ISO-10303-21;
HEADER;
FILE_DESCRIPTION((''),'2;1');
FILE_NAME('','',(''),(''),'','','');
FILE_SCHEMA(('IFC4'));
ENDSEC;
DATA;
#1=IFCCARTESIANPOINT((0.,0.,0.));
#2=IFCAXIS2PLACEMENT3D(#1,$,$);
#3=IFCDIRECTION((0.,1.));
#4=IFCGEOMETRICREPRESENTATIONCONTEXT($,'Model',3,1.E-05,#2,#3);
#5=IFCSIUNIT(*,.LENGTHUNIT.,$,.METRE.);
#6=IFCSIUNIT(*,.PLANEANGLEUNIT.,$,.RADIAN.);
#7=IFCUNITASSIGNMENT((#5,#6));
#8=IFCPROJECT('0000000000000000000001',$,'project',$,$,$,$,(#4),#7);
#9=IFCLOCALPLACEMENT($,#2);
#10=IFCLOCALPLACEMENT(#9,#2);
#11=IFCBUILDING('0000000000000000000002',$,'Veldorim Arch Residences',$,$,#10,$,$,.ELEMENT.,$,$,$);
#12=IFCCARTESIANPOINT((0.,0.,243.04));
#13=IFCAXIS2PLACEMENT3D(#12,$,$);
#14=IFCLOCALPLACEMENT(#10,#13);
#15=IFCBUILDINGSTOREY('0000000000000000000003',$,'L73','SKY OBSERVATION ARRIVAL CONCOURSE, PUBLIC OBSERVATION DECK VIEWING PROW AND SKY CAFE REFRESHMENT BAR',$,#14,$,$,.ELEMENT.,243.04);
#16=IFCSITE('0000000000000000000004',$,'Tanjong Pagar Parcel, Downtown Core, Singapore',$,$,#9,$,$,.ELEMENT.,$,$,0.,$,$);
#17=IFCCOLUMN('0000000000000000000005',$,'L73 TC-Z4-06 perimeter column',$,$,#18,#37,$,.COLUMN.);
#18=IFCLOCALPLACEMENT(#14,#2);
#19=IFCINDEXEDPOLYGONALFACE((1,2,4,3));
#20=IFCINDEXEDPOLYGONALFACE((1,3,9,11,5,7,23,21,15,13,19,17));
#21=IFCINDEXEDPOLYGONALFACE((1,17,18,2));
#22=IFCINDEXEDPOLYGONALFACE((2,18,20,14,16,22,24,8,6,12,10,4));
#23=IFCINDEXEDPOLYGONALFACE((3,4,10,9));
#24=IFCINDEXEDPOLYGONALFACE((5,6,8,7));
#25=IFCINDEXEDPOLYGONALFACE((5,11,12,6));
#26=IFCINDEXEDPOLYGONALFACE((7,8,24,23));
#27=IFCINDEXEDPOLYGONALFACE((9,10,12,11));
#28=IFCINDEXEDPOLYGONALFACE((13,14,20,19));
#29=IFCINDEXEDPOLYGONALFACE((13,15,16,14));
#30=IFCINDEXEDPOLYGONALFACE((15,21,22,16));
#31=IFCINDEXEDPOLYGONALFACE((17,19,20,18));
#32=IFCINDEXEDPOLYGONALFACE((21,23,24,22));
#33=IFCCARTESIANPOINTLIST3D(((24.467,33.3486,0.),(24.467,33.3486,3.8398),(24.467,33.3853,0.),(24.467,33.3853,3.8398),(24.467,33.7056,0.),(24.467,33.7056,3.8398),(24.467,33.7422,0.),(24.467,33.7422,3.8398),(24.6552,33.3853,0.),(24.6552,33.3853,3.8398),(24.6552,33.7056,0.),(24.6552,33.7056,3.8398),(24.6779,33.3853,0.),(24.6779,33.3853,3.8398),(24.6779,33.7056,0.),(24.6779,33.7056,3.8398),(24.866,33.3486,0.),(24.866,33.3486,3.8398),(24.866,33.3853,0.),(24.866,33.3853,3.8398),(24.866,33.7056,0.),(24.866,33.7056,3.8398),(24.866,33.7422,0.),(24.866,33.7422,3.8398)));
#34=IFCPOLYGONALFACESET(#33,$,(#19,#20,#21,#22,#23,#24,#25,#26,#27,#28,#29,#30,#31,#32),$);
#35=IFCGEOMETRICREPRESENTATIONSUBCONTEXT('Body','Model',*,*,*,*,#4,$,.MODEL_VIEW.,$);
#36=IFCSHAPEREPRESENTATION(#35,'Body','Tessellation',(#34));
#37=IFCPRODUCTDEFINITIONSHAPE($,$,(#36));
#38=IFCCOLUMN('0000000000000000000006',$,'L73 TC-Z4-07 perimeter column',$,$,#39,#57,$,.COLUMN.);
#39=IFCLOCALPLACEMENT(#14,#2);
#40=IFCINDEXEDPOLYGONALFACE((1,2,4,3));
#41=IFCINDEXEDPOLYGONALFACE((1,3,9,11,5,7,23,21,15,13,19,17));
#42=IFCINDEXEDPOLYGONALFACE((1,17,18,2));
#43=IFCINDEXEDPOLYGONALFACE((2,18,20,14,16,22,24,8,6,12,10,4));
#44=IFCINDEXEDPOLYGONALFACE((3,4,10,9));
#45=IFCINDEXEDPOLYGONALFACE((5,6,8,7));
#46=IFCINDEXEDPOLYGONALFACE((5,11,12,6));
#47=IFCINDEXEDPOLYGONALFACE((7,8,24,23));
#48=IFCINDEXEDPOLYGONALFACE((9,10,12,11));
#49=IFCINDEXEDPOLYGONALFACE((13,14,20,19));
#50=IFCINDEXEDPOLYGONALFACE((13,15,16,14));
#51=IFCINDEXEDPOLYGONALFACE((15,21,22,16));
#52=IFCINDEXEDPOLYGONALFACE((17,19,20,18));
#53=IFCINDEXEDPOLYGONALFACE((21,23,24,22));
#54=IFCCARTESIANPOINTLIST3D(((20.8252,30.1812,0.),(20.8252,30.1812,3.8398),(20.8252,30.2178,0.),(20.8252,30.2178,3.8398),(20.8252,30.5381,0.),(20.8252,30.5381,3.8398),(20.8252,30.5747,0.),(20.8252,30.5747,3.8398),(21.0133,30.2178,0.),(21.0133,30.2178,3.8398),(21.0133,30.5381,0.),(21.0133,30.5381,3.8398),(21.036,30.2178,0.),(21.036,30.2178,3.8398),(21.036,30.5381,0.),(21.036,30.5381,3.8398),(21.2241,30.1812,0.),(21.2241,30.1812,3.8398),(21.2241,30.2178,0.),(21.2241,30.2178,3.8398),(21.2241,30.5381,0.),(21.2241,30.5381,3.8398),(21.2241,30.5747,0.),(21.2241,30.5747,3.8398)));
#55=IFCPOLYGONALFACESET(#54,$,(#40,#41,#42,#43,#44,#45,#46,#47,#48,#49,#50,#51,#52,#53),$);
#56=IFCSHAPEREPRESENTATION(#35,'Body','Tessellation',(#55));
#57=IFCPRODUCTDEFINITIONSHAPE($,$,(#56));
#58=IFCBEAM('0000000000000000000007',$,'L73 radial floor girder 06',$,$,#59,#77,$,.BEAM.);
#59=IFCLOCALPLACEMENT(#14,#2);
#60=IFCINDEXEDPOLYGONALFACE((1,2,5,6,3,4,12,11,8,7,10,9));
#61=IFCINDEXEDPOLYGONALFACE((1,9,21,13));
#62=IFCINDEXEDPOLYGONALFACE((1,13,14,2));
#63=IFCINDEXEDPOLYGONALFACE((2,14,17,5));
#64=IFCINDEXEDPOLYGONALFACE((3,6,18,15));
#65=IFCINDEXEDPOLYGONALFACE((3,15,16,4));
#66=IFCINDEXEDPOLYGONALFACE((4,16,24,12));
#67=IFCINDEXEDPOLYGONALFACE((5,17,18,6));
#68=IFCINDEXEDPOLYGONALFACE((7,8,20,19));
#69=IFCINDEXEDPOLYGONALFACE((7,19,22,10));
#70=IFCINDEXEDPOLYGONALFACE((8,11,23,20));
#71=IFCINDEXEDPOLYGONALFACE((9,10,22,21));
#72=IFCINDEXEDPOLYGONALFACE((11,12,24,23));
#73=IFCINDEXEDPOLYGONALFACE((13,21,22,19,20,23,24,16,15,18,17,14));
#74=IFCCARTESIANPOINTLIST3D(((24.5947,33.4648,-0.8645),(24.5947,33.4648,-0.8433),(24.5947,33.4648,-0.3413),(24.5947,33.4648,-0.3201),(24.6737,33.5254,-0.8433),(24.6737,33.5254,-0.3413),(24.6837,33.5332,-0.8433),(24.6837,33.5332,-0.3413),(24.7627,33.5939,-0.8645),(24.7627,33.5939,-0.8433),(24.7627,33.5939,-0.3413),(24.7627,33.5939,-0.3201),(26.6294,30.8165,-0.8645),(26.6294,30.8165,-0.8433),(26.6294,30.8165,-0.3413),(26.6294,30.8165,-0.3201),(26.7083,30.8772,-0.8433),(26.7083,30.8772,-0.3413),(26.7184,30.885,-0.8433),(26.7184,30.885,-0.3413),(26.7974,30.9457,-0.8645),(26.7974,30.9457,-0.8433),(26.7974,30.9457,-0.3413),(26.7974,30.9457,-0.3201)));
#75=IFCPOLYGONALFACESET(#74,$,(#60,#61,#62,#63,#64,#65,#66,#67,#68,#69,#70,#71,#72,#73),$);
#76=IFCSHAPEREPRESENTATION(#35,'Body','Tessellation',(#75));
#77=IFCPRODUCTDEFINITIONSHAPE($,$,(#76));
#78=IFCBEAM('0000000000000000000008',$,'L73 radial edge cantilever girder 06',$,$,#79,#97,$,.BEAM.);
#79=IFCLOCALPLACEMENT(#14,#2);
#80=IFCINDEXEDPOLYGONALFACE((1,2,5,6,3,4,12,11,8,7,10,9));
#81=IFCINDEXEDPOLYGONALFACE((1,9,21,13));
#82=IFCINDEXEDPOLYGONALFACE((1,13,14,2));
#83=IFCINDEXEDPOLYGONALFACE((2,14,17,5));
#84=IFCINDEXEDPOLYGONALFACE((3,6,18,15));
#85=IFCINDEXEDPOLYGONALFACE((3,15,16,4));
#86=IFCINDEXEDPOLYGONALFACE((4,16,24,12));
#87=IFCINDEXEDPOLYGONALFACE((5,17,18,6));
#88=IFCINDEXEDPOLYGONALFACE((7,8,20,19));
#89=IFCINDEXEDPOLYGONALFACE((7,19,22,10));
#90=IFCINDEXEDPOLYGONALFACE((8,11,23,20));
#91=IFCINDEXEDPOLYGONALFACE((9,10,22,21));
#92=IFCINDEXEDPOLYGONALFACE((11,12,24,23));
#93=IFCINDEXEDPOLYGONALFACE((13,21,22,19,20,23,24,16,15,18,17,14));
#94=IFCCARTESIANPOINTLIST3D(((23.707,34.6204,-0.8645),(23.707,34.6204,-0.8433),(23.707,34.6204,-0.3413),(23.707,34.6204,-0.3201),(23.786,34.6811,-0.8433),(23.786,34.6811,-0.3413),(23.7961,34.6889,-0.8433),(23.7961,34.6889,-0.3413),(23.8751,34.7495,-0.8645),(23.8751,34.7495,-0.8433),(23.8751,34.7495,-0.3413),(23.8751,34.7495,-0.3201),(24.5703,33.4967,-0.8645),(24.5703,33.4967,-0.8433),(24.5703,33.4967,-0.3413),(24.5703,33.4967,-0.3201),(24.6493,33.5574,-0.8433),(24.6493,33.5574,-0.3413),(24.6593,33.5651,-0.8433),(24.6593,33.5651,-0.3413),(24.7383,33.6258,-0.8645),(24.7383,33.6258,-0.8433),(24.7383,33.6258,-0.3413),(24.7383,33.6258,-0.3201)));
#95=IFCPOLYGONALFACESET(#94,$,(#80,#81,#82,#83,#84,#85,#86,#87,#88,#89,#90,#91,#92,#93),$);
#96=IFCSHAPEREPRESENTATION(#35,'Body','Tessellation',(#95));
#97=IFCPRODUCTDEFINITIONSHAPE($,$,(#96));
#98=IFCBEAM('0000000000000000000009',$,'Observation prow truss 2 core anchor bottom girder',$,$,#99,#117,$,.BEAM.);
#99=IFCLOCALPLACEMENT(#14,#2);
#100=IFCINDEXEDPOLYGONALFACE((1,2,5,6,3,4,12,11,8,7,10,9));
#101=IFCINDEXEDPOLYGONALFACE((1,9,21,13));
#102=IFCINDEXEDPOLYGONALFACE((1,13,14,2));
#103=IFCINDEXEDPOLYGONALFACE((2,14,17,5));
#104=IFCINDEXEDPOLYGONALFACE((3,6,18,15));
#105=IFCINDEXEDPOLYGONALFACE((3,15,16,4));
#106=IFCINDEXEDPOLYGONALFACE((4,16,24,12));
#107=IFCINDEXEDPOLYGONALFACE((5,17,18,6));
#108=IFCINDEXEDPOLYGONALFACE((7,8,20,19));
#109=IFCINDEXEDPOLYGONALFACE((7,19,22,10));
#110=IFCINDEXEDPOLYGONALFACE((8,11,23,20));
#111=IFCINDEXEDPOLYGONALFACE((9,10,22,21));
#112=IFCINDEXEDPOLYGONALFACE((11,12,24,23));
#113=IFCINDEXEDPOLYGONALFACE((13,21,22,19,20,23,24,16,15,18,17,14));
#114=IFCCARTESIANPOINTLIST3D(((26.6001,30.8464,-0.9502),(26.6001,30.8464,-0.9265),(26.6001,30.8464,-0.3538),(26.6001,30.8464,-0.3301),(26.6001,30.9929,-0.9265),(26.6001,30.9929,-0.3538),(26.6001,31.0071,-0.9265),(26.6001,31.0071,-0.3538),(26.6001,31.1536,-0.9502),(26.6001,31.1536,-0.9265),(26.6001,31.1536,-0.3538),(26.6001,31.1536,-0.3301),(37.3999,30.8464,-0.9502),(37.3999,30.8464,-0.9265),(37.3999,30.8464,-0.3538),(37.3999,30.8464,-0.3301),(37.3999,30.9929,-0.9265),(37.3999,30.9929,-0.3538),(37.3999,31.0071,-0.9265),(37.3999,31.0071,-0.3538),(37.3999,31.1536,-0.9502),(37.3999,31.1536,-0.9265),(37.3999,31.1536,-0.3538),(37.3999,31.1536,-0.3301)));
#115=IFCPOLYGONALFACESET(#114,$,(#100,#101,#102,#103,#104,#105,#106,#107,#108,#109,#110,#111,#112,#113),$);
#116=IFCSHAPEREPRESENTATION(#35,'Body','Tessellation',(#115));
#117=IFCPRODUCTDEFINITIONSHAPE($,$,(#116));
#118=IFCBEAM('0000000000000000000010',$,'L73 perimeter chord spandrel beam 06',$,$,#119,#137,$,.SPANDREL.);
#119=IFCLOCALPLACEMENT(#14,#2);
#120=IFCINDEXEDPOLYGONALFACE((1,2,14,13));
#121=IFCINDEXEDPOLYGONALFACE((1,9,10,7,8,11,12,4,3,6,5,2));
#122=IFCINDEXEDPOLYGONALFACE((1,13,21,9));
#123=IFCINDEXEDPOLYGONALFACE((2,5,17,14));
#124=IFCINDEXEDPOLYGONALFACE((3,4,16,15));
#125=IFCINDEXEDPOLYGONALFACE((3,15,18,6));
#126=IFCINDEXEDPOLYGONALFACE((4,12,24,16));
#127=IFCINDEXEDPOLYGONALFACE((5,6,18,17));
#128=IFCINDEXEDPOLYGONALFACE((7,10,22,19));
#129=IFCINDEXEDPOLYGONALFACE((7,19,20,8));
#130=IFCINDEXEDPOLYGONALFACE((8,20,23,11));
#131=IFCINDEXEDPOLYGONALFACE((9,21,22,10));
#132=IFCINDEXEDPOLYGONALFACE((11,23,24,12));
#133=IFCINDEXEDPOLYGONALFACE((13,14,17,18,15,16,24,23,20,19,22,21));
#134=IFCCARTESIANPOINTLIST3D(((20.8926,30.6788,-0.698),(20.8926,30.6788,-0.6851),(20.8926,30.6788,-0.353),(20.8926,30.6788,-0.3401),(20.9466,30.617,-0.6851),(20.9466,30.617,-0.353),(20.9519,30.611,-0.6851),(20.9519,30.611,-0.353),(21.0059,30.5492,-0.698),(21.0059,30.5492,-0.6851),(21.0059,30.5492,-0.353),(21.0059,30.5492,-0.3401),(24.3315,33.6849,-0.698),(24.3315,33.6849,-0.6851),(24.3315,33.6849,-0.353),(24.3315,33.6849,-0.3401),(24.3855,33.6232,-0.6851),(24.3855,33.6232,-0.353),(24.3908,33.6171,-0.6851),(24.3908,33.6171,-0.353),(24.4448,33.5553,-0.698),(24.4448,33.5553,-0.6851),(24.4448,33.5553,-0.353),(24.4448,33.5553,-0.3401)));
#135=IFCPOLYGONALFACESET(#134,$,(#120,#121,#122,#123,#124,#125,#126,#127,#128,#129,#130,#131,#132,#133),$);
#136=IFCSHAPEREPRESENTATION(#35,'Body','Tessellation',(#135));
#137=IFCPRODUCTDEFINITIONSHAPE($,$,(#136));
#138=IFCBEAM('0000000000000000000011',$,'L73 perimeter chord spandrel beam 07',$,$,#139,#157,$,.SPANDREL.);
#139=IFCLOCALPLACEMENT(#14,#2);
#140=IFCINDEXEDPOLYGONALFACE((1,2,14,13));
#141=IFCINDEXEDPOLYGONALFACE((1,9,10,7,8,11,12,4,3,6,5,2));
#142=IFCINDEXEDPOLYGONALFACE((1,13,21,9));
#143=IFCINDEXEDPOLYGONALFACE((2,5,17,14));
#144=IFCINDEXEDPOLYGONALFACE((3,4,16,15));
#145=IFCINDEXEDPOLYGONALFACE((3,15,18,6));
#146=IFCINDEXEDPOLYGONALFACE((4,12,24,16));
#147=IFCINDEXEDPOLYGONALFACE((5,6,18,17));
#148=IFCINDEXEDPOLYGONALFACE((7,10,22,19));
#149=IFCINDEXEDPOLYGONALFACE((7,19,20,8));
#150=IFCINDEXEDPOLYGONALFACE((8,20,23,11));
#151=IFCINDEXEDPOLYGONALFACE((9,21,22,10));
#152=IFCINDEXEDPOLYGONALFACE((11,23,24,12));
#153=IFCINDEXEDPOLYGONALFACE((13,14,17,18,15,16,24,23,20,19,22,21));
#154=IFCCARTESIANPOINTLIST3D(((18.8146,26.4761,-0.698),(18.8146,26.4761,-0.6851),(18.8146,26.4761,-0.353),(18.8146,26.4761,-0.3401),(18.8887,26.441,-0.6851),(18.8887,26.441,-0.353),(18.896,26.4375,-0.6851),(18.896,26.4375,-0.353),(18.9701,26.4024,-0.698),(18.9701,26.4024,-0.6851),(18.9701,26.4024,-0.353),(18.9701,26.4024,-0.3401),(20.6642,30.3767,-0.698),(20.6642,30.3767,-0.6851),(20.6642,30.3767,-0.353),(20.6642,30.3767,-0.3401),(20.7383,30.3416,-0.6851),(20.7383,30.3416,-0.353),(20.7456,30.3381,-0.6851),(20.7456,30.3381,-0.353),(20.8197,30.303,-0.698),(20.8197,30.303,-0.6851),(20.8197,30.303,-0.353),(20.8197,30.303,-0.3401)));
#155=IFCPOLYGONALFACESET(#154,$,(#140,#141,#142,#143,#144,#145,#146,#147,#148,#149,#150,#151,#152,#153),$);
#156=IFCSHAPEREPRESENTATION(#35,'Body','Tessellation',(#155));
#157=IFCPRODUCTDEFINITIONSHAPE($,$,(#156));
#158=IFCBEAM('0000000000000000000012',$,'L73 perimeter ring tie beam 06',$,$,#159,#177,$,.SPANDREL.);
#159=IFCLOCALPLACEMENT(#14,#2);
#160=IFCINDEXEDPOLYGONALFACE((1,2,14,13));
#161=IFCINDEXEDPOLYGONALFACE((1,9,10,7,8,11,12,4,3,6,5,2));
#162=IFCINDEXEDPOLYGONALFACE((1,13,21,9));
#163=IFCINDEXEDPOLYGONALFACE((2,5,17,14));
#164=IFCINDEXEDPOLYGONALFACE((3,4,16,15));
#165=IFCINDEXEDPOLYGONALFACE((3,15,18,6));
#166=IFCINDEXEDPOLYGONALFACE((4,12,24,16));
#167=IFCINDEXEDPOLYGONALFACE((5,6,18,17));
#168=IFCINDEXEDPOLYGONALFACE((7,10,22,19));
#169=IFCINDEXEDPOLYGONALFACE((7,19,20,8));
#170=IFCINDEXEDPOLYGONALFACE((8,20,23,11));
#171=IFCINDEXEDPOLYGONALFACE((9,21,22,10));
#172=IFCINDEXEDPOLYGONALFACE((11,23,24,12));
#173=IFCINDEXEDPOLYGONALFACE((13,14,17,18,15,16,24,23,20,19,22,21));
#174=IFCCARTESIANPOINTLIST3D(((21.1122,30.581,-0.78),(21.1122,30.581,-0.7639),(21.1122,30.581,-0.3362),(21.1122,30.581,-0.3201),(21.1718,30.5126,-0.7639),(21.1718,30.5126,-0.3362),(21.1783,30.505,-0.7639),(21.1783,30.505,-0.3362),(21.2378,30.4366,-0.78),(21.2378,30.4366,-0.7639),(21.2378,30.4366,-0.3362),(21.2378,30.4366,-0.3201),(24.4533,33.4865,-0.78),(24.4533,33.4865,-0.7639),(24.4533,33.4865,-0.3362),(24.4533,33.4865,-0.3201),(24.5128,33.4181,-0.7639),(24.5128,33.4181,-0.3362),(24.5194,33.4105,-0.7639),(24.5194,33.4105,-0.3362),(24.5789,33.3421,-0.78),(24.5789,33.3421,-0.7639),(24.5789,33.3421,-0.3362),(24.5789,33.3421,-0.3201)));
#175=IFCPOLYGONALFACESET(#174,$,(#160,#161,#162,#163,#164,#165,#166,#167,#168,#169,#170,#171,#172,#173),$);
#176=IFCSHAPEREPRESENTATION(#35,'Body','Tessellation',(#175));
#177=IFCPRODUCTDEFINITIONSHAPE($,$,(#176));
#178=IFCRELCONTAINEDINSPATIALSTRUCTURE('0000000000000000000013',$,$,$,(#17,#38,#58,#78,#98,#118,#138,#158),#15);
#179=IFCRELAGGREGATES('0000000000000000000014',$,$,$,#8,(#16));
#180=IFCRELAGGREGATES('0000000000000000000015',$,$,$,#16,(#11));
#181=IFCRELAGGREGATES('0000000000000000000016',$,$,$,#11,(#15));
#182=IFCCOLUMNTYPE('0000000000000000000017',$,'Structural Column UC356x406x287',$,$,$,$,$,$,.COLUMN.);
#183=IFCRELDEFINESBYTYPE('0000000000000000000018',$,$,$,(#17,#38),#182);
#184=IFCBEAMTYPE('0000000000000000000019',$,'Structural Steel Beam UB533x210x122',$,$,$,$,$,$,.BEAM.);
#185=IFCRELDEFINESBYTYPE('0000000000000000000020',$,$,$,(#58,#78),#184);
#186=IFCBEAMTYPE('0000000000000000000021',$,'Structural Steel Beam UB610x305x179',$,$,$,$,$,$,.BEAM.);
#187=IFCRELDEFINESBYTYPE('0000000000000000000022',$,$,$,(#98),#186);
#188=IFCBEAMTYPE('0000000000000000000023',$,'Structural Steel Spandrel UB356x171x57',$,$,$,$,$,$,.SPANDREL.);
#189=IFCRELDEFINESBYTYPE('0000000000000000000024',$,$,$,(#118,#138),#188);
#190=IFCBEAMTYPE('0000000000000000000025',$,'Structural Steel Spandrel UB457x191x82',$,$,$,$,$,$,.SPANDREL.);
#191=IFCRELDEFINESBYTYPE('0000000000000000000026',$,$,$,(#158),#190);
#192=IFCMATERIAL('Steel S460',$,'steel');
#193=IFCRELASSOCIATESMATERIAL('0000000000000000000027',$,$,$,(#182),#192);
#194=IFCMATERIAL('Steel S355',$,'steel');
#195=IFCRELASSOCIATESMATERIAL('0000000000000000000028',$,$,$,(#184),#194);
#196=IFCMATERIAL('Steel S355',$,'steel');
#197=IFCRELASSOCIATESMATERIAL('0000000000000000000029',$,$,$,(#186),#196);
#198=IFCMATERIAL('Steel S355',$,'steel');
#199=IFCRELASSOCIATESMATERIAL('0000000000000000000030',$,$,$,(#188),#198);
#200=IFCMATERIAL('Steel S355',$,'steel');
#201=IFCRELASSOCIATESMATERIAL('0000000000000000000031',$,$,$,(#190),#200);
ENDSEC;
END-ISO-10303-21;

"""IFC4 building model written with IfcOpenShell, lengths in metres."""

from ifc_helpers import new_model, si_unit, direction, frame, origin, origin_2d, place, context, subcontext, project, spatial, i_section, extrude, material, material_profile, profile_set, type_object, element, save


model = new_model("IFC4")

# Units and contexts
model_context = context("Model", 3, precision=1e-05, world=origin(), true_north=direction((0.0, 1.0)))
body_context = subcontext(model_context, "Body", "Model", "MODEL_VIEW")
ifc_project = project(units=[si_unit("LENGTHUNIT", "METRE"), si_unit("PLANEANGLEUNIT", "RADIAN")], contexts=[model_context])

# Site, building, storey
site_placement = place(None, origin())
site = spatial("IfcSite", under=ifc_project, at=site_placement, Name="Tanjong Pagar Parcel, Downtown Core, Singapore", CompositionType="ELEMENT", RefElevation=0.0)
building_placement = place(site_placement, origin())
building = spatial("IfcBuilding", under=site, at=building_placement, Name="Veldorim Arch Residences", CompositionType="ELEMENT")
storey_placement = place(building_placement, frame((0.0, 0.0, 243.04)))
storey = spatial("IfcBuildingStorey", under=building, at=storey_placement, Name="L73", Description="SKY OBSERVATION ARRIVAL CONCOURSE, PUBLIC OBSERVATION DECK VIEWING PROW AND SKY CAFE REFRESHMENT BAR", CompositionType="ELEMENT", Elevation=243.04)

# Columns
ifc_material_1 = material(Name="Steel S460", Category="steel")
ifc_material_profile_1 = material_profile(ifc_material_1, i_section(OverallWidth=0.3989, OverallDepth=0.3936, WebThickness=0.0227, FlangeThickness=0.0366, at=origin_2d()), Name="UC356x406x287")
ifc_profile_set_1 = profile_set([ifc_material_profile_1], Name="Steel S460")
column_type = type_object("IfcColumnType", Name="Structural Column UC356x406x287", PredefinedType="COLUMN", material=ifc_profile_set_1)
for number, where, z_axis, x_axis, name in (
    (1, (24.6665, 33.5454, 0.0), (0.0, 0.0, 1.0), (1.0, 0.0, 0.0), "L73 TC-Z4-06 perimeter column"),
    (2, (21.0247, 30.3779, 0.0), (0.0, 0.0, 1.0), (1.0, 0.0, 0.0), "L73 TC-Z4-07 perimeter column"),
):
    element("IfcColumn", number, at=place(storey_placement, frame(where, z_axis=z_axis, x_axis=x_axis)), inside=storey, type_object=column_type, Name=name, PredefinedType="COLUMN", context=body_context, shape_type="SweptSolid", body=[
        extrude(i_section(OverallWidth=0.3989, OverallDepth=0.3936, WebThickness=0.0227, FlangeThickness=0.0366, at=origin_2d()), origin(), (0.0, 0.0, 1.0), 3.8398),
    ])

# Beams
ifc_material_2 = material(Name="Steel S355", Category="steel")
ifc_material_profile_2 = material_profile(ifc_material_2, i_section(OverallWidth=0.2119, OverallDepth=0.5444, WebThickness=0.0127, FlangeThickness=0.0212, at=origin_2d()), Name="UB533x210x122")
ifc_profile_set_2 = profile_set([ifc_material_profile_2], Name="Steel S355")
beam_type_1 = type_object("IfcBeamType", Name="Structural Steel Beam UB533x210x122", PredefinedType="BEAM", material=ifc_profile_set_2)
beam_1_placement = place(storey_placement, frame((26.7134, 30.8811, -0.5923), z_axis=(-0.609258, 0.792972, 0.0), x_axis=(-0.792972, -0.609258, 0.0)))
element("IfcBeam", 3, at=beam_1_placement, inside=storey, type_object=beam_type_1, Name="L73 radial floor girder 06", PredefinedType="BEAM", context=body_context, shape_type="SweptSolid", body=[
    extrude(i_section(OverallWidth=0.2119, OverallDepth=0.5444, WebThickness=0.0127, FlangeThickness=0.0212, at=origin_2d()), origin(), (0.0, 0.0, 1.0), 3.3396),
])
beam_2_placement = place(storey_placement, frame((24.6543, 33.5613, -0.5923), z_axis=(-0.609194, 0.793021, 0.0), x_axis=(-0.793021, -0.609194, 0.0)))
element("IfcBeam", 4, at=beam_2_placement, inside=storey, type_object=beam_type_1, Name="L73 radial edge cantilever girder 06", PredefinedType="BEAM", context=body_context, shape_type="SweptSolid", body=[
    extrude(i_section(OverallWidth=0.2119, OverallDepth=0.5444, WebThickness=0.0127, FlangeThickness=0.0212, at=origin_2d()), origin(), (0.0, 0.0, 1.0), 1.417),
])
ifc_material_3 = material(Name="Steel S355", Category="steel")
ifc_material_profile_3 = material_profile(ifc_material_3, i_section(OverallWidth=0.3071, OverallDepth=0.6201, WebThickness=0.0142, FlangeThickness=0.0237, at=origin_2d()), Name="UB610x305x179")
ifc_profile_set_3 = profile_set([ifc_material_profile_3], Name="Steel S355")
beam_type_2 = type_object("IfcBeamType", Name="Structural Steel Beam UB610x305x179", PredefinedType="BEAM", material=ifc_profile_set_3)
beam_3_placement = place(storey_placement, frame((26.6001, 31.0, -0.6401), z_axis=(1.0, 0.0, 0.0), x_axis=(0.0, 1.0, 0.0)))
element("IfcBeam", 5, at=beam_3_placement, inside=storey, type_object=beam_type_2, Name="Observation prow truss 2 core anchor bottom girder", PredefinedType="BEAM", context=body_context, shape_type="SweptSolid", body=[
    extrude(i_section(OverallWidth=0.3071, OverallDepth=0.6201, WebThickness=0.0142, FlangeThickness=0.0237, at=origin_2d()), origin(), (0.0, 0.0, 1.0), 10.7998),
])
ifc_material_4 = material(Name="Steel S355", Category="steel")
ifc_material_profile_4 = material_profile(ifc_material_4, i_section(OverallWidth=0.1721, OverallDepth=0.3579, WebThickness=0.0081, FlangeThickness=0.0129, at=origin_2d()), Name="UB356x171x57")
ifc_profile_set_4 = profile_set([ifc_material_profile_4], Name="Steel S355")
beam_type_3 = type_object("IfcBeamType", Name="Structural Steel Spandrel UB356x171x57", PredefinedType="SPANDREL", material=ifc_profile_set_4)
beam_4_placement = place(storey_placement, frame((24.3882, 33.6201, -0.519), z_axis=(-0.752901, -0.658134, 0.0), x_axis=(0.658134, -0.752901, 0.0)))
element("IfcBeam", 6, at=beam_4_placement, inside=storey, type_object=beam_type_3, Name="L73 perimeter chord spandrel beam 06", PredefinedType="SPANDREL", context=body_context, shape_type="SweptSolid", body=[
    extrude(i_section(OverallWidth=0.1721, OverallDepth=0.3579, WebThickness=0.0081, FlangeThickness=0.0129, at=origin_2d()), origin(), (0.0, 0.0, 1.0), 4.5676),
])
beam_5_placement = place(storey_placement, frame((20.7419, 30.3398, -0.519), z_axis=(-0.428453, -0.903564, 0.0), x_axis=(0.903564, -0.428453, 0.0)))
element("IfcBeam", 7, at=beam_5_placement, inside=storey, type_object=beam_type_3, Name="L73 perimeter chord spandrel beam 07", PredefinedType="SPANDREL", context=body_context, shape_type="SweptSolid", body=[
    extrude(i_section(OverallWidth=0.1721, OverallDepth=0.3579, WebThickness=0.0081, FlangeThickness=0.0129, at=origin_2d()), origin(), (0.0, 0.0, 1.0), 4.3169),
])
ifc_material_5 = material(Name="Steel S355", Category="steel")
ifc_material_profile_5 = material_profile(ifc_material_5, i_section(OverallWidth=0.1914, OverallDepth=0.46, WebThickness=0.01, FlangeThickness=0.0161, at=origin_2d()), Name="UB457x191x82")
ifc_profile_set_5 = profile_set([ifc_material_profile_5], Name="Steel S355")
beam_type_4 = type_object("IfcBeamType", Name="Structural Steel Spandrel UB457x191x82", PredefinedType="SPANDREL", material=ifc_profile_set_5)
beam_6_placement = place(storey_placement, frame((24.5161, 33.4143, -0.55), z_axis=(-0.754578, -0.65621, 0.0), x_axis=(0.65621, -0.754578, 0.0)))
element("IfcBeam", 8, at=beam_6_placement, inside=storey, type_object=beam_type_4, Name="L73 perimeter ring tie beam 06", PredefinedType="SPANDREL", context=body_context, shape_type="SweptSolid", body=[
    extrude(i_section(OverallWidth=0.1914, OverallDepth=0.46, WebThickness=0.01, FlangeThickness=0.0161, at=origin_2d()), origin(), (0.0, 0.0, 1.0), 4.4277),
])

save(model, "model.ifc")
